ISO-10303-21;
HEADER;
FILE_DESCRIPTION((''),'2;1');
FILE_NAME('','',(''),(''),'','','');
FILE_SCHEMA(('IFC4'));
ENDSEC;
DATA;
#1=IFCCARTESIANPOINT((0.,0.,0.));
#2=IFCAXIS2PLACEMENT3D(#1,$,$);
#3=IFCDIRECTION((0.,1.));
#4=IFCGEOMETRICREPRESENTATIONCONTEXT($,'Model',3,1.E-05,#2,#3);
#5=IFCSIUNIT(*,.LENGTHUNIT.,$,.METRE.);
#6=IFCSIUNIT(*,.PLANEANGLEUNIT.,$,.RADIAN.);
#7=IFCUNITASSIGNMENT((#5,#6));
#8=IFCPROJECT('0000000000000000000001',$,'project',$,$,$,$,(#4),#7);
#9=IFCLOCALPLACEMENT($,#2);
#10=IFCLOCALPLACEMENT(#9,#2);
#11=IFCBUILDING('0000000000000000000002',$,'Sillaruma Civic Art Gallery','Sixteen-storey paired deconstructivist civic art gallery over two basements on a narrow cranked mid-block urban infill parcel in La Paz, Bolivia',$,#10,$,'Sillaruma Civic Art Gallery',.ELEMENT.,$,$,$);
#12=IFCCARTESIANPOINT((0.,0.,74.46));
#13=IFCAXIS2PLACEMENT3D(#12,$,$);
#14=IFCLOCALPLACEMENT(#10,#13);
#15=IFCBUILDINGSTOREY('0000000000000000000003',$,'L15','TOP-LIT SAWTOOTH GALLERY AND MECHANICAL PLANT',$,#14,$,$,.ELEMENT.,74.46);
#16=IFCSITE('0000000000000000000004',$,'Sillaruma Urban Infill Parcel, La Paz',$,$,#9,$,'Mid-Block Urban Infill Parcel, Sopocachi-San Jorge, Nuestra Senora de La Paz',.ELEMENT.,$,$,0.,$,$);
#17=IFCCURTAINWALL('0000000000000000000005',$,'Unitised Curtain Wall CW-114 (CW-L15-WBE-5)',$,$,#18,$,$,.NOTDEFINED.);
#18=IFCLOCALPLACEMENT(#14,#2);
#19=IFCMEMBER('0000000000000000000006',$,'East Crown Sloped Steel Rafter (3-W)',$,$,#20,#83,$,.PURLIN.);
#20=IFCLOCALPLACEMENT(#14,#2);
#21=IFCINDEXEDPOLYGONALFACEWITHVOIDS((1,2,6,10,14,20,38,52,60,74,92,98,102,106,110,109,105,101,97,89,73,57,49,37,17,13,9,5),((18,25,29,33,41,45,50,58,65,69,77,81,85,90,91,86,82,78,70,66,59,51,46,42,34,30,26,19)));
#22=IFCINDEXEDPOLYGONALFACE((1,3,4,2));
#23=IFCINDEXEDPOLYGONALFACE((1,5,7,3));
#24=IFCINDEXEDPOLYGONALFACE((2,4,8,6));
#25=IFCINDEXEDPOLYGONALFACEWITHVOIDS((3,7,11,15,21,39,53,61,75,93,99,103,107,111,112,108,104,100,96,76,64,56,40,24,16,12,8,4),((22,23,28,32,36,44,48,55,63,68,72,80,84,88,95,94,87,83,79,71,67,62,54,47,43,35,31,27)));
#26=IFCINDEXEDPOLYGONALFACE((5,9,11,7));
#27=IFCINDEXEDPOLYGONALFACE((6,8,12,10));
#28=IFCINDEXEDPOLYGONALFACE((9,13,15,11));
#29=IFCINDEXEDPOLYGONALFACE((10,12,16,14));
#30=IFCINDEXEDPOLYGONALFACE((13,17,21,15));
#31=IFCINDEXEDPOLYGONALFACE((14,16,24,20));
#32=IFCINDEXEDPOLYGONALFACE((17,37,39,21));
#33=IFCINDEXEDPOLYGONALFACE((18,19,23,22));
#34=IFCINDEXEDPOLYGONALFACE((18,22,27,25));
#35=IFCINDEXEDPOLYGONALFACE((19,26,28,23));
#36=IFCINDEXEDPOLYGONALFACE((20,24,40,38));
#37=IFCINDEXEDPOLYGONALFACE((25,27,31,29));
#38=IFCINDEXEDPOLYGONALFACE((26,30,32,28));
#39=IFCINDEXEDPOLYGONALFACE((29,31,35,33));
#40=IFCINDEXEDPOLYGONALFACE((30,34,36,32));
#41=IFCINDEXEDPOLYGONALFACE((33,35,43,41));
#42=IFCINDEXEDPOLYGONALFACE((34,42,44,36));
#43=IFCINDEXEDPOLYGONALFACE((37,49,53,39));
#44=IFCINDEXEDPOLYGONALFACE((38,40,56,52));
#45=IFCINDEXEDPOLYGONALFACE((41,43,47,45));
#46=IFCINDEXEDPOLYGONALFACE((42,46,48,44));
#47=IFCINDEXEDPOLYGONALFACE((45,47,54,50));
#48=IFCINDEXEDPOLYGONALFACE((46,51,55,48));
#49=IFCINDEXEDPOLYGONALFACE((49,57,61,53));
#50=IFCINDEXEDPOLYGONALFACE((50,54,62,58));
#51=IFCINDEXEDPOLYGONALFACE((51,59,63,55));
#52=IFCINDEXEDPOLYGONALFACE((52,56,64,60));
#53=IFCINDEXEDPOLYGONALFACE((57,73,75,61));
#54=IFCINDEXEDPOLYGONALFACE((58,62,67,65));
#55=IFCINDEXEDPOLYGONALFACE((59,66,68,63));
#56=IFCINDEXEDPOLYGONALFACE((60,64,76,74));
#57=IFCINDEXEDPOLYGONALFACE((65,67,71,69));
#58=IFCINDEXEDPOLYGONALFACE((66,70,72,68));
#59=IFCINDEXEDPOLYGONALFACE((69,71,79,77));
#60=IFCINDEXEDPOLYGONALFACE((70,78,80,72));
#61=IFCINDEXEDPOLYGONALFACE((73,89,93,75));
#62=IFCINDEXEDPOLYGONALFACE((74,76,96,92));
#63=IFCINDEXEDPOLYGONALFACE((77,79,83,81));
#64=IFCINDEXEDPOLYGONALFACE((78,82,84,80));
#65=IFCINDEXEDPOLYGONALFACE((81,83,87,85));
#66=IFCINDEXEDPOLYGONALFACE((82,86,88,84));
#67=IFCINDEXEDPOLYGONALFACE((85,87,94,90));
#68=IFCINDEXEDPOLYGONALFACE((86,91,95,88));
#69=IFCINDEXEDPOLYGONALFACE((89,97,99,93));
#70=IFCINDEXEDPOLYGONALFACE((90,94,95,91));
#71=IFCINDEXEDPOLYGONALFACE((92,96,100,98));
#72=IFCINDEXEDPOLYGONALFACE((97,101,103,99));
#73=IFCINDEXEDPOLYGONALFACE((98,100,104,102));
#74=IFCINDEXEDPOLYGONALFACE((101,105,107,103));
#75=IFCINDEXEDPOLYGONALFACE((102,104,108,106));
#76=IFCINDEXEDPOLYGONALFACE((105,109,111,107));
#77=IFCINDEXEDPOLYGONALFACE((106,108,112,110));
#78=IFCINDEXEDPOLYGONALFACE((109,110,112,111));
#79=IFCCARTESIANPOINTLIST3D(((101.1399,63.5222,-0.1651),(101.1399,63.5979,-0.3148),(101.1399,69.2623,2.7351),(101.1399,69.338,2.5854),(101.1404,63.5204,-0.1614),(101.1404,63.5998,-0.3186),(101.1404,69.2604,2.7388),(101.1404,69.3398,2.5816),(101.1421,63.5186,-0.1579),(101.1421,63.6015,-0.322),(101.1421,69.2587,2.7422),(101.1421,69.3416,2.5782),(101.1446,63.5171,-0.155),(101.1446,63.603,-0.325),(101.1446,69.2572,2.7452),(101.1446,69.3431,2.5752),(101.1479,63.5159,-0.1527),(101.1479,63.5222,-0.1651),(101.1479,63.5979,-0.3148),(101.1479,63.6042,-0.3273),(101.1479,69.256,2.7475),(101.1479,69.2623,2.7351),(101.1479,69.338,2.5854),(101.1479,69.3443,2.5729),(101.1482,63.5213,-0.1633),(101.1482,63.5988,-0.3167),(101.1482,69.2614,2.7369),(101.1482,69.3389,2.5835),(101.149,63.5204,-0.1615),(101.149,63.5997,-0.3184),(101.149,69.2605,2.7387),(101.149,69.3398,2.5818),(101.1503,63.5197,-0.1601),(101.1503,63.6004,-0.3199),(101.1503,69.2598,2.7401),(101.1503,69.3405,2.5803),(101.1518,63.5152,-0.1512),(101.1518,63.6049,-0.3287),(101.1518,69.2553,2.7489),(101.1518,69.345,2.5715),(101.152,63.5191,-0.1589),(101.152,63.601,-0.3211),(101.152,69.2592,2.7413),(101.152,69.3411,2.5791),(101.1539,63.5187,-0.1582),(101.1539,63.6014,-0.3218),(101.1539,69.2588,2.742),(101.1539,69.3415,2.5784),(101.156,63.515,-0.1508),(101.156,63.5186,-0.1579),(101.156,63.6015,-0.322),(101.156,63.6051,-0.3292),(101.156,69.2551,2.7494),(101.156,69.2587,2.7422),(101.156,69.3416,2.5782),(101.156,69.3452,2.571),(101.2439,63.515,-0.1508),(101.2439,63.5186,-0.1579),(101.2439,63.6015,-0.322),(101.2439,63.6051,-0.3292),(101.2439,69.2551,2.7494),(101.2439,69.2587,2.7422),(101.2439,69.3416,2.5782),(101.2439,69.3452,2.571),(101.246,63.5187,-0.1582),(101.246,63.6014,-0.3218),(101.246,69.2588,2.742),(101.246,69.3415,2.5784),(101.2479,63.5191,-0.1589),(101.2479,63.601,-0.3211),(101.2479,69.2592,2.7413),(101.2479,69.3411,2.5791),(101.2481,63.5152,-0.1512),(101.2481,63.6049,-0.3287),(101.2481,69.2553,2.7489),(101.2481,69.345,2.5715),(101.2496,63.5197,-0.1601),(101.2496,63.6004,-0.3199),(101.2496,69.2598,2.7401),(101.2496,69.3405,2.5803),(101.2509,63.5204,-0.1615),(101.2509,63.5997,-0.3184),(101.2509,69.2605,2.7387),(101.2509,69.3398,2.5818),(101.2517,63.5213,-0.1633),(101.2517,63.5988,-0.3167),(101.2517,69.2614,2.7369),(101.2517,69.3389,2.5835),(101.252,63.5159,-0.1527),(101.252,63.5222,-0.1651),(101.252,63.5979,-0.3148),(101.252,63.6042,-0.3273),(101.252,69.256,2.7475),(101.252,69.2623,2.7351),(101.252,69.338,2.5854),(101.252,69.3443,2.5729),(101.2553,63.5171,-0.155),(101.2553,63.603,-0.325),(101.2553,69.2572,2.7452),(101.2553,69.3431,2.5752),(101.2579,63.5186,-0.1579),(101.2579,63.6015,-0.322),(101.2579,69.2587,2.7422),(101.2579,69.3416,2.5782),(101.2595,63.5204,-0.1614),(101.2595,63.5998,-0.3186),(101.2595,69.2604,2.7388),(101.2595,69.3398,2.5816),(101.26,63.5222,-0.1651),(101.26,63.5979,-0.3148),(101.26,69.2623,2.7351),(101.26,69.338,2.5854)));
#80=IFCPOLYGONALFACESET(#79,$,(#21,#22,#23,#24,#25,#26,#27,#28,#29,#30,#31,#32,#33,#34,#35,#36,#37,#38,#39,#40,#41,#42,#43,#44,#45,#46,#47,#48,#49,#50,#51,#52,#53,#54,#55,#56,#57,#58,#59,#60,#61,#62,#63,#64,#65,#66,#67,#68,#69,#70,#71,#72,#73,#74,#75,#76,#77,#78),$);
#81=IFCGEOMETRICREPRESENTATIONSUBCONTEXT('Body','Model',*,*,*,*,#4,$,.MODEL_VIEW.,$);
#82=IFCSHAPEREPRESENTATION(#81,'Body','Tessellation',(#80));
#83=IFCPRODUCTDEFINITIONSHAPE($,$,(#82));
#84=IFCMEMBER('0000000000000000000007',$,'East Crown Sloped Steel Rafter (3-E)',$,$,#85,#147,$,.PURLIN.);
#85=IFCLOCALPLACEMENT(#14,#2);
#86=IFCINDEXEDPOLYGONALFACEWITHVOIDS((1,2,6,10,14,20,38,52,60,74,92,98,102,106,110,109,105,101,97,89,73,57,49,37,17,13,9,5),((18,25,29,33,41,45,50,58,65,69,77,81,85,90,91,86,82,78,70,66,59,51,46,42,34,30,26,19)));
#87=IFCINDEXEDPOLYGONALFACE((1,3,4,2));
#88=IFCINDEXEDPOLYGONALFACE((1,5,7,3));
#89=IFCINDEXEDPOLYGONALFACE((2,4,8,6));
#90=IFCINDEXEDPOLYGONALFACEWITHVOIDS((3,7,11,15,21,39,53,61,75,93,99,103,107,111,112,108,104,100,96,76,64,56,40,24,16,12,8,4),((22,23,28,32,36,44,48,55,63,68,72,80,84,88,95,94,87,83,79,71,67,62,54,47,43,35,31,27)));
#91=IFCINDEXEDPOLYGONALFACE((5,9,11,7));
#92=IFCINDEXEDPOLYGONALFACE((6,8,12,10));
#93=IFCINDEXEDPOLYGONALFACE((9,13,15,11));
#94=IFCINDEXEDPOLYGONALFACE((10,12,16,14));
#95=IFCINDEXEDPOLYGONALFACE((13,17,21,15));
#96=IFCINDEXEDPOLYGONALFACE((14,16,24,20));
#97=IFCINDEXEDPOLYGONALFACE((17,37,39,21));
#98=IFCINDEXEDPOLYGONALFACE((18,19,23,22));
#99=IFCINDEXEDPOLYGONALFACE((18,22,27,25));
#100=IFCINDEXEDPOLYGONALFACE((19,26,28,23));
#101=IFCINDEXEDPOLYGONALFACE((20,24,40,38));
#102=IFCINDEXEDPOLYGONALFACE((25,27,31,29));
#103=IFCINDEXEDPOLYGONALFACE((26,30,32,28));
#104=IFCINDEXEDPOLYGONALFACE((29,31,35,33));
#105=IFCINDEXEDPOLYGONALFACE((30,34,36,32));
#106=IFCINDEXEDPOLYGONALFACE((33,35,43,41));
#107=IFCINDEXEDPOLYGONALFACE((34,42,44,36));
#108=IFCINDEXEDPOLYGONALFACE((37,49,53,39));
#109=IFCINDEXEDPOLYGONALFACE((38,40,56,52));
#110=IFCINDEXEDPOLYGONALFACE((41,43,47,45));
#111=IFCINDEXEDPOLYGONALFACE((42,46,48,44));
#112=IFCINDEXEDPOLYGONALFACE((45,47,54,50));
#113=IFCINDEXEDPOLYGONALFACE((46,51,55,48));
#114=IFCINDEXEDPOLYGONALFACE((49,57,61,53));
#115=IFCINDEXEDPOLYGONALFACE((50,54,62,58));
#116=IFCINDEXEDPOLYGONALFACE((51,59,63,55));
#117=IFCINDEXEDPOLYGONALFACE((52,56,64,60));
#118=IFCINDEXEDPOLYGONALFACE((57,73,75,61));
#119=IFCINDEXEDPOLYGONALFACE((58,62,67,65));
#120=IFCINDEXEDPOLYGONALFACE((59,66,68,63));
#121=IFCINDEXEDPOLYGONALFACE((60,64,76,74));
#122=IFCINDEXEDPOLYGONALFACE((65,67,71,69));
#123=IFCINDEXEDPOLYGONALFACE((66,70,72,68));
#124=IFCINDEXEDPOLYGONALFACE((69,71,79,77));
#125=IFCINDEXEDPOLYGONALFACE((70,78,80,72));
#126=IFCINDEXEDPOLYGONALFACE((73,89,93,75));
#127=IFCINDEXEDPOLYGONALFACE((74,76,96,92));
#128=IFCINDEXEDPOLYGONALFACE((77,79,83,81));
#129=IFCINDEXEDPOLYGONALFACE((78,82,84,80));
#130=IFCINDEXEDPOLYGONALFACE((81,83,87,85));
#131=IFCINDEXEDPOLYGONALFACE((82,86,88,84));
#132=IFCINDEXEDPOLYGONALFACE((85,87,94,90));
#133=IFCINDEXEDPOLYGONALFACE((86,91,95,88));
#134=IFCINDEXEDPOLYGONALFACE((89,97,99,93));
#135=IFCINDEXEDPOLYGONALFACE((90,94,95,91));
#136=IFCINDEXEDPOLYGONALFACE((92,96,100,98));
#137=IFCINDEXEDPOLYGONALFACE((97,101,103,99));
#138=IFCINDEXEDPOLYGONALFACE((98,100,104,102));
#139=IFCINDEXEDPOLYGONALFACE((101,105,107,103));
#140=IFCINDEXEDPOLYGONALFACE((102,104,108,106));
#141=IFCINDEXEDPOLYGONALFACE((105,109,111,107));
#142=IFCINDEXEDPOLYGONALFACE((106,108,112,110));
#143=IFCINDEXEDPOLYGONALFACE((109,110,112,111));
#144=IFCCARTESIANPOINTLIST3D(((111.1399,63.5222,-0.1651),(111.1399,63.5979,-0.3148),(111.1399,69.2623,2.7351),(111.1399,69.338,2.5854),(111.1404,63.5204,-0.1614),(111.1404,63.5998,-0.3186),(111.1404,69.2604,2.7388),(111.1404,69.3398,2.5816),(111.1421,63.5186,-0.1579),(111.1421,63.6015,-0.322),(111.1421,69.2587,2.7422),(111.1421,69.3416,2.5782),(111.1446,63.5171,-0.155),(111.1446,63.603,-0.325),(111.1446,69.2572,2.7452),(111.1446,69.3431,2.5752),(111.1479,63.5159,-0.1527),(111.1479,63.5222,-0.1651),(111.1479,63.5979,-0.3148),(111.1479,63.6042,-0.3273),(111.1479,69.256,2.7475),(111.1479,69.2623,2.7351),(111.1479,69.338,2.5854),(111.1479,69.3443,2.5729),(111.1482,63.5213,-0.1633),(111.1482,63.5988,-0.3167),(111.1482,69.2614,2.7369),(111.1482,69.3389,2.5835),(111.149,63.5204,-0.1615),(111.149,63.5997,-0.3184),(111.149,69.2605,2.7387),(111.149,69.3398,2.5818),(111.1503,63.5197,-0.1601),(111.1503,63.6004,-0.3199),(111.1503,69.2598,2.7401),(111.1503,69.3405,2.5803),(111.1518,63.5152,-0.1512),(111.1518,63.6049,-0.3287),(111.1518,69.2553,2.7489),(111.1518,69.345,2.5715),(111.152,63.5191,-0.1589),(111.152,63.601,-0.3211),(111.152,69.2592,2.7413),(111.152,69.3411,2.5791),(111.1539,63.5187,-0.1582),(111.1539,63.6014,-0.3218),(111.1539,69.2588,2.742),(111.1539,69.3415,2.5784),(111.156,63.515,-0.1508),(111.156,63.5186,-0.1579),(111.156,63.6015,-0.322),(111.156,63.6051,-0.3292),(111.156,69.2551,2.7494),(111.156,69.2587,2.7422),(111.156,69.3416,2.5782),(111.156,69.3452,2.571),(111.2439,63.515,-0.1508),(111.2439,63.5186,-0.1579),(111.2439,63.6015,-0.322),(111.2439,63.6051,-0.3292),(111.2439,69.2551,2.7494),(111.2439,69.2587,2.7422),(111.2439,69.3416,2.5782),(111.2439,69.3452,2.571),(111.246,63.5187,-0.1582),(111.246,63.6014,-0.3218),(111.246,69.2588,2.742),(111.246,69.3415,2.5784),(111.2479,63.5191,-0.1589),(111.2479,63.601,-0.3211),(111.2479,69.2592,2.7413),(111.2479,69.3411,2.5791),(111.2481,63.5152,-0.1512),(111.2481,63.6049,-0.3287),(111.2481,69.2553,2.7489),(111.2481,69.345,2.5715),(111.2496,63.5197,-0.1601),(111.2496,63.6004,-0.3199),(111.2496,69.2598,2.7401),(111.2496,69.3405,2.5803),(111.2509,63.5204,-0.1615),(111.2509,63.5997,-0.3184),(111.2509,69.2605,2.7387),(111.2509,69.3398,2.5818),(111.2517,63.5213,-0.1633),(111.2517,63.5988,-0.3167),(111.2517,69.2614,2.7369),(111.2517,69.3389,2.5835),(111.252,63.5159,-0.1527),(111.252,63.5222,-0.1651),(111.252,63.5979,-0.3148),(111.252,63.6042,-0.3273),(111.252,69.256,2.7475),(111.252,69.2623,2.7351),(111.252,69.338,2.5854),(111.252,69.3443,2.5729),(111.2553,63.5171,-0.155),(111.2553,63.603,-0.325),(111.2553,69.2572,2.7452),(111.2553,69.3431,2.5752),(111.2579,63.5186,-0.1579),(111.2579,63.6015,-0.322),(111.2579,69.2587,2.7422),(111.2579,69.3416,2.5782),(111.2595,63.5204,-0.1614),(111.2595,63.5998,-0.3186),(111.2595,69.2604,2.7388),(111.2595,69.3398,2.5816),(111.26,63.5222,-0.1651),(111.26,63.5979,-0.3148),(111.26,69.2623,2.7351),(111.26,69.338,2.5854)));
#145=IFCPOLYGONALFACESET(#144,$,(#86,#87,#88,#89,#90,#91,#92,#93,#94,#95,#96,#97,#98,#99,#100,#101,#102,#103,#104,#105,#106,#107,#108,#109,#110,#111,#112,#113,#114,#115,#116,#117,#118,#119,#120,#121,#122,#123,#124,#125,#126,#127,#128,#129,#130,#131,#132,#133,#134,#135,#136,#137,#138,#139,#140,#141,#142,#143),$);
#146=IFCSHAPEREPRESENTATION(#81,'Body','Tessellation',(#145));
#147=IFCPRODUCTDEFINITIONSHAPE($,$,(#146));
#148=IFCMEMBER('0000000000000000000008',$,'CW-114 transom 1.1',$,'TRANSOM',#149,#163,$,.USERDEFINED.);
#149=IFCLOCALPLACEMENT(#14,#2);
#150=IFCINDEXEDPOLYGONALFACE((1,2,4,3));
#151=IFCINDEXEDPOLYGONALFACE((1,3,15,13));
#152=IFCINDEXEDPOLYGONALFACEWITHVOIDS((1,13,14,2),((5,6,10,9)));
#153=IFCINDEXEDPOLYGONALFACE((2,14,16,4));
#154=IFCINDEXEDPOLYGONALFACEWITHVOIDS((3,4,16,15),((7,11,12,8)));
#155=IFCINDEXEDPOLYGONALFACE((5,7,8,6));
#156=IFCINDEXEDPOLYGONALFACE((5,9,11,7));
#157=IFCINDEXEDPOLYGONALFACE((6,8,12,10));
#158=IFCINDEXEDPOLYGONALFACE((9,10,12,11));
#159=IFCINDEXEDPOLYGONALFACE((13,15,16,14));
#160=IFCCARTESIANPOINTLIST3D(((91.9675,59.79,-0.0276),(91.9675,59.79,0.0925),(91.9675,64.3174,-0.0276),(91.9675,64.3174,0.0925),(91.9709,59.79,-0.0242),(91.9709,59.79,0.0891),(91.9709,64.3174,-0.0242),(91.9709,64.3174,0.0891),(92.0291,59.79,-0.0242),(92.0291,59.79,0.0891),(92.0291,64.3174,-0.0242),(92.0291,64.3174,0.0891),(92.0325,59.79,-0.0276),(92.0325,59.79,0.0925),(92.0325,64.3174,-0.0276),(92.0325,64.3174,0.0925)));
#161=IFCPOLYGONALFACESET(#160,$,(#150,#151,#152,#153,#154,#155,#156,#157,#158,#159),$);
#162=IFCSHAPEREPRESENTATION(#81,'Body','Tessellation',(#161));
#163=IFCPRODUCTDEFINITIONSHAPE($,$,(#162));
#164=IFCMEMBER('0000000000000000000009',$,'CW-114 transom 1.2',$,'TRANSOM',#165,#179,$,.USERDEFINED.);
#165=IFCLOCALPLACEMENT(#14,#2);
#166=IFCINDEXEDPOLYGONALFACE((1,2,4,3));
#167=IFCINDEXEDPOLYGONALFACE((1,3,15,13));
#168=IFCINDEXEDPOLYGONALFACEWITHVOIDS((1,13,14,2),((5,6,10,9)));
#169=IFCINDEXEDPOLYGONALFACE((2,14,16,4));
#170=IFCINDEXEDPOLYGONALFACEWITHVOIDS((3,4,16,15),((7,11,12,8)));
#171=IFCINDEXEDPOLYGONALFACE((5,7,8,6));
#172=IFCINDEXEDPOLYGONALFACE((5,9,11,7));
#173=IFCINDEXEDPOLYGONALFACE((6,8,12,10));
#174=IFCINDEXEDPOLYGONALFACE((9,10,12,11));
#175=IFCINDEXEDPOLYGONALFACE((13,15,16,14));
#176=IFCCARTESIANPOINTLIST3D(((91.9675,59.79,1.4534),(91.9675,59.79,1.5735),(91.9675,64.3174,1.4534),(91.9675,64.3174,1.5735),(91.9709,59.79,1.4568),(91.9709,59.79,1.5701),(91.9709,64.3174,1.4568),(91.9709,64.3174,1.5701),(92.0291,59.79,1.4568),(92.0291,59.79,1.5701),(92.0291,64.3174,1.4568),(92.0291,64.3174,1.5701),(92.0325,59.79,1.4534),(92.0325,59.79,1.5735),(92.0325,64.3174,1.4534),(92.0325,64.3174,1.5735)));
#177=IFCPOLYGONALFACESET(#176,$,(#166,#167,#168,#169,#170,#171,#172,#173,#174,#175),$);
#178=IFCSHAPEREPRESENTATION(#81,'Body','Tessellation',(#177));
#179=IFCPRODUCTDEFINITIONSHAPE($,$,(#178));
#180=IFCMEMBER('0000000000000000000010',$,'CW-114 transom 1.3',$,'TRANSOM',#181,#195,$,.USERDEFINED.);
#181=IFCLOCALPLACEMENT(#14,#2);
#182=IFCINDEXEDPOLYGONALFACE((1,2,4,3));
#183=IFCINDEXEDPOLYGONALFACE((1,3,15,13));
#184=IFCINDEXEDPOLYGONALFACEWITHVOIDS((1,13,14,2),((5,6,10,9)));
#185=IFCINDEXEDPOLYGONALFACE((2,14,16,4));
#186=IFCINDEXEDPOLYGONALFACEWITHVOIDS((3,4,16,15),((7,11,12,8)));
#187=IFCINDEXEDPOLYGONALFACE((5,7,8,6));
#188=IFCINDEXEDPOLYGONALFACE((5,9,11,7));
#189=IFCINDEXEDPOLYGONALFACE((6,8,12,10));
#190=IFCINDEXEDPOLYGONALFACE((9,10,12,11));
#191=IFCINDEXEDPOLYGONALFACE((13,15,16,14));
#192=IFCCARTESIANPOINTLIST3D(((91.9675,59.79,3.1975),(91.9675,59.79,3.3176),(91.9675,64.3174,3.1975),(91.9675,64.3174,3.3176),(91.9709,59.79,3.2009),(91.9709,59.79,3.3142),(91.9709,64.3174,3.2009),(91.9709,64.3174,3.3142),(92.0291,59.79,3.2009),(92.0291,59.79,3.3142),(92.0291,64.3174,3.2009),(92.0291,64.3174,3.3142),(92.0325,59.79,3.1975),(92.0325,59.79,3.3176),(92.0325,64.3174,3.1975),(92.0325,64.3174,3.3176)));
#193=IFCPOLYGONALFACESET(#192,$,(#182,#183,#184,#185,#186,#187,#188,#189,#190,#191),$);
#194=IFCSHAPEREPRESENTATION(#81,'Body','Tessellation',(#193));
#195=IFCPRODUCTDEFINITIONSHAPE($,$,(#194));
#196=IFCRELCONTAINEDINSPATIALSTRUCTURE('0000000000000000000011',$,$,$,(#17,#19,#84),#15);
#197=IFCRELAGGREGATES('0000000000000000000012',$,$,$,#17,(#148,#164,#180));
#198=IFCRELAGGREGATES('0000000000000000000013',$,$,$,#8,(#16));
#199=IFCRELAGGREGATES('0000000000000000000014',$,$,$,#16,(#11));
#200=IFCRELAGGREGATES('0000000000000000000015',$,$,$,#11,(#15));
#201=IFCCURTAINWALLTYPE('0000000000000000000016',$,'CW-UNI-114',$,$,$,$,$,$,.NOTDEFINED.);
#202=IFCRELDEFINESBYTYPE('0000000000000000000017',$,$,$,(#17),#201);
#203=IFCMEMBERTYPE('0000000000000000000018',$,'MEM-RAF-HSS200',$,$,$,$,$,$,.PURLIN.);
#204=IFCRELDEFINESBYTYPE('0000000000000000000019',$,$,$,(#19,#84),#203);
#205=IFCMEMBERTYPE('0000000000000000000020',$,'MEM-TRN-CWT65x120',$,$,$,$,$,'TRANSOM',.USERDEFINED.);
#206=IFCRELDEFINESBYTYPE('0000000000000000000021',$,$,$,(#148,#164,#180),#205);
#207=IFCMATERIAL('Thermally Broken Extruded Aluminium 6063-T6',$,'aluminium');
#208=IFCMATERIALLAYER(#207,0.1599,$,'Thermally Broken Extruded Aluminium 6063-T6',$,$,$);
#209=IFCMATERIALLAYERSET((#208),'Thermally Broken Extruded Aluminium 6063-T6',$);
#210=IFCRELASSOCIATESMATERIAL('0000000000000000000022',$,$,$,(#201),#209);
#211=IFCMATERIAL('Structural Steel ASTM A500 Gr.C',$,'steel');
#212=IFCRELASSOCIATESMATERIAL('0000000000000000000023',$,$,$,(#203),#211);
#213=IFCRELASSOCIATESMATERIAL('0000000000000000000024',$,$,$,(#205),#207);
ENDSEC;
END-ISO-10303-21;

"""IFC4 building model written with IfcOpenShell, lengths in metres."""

from ifc_helpers import new_model, si_unit, direction, frame, origin, origin_2d, place, context, subcontext, project, spatial, hollow_rectangle, extrude, material, layer, layer_set, material_profile, profile_set, type_object, element, aggregate, save


model = new_model("IFC4")

# Units and contexts
model_context = context("Model", 3, precision=1e-05, world=origin(), true_north=direction((0.0, 1.0)))
body_context = subcontext(model_context, "Body", "Model", "MODEL_VIEW")
ifc_project = project(units=[si_unit("LENGTHUNIT", "METRE"), si_unit("PLANEANGLEUNIT", "RADIAN")], contexts=[model_context])

# Site, building, storey
site_placement = place(None, origin())
site = spatial("IfcSite", under=ifc_project, at=site_placement, Name="Sillaruma Urban Infill Parcel, La Paz", LongName="Mid-Block Urban Infill Parcel, Sopocachi-San Jorge, Nuestra Senora de La Paz", CompositionType="ELEMENT", RefElevation=0.0)
building_placement = place(site_placement, origin())
building = spatial("IfcBuilding", under=site, at=building_placement, Name="Sillaruma Civic Art Gallery", Description="Sixteen-storey paired deconstructivist civic art gallery over two basements on a narrow cranked mid-block urban infill parcel in La Paz, Bolivia", LongName="Sillaruma Civic Art Gallery", CompositionType="ELEMENT")
storey_placement = place(building_placement, frame((0.0, 0.0, 74.46)))
storey = spatial("IfcBuildingStorey", under=building, at=storey_placement, Name="L15", Description="TOP-LIT SAWTOOTH GALLERY AND MECHANICAL PLANT", CompositionType="ELEMENT", Elevation=74.46)

# Curtain wall
ifc_material_1 = material(Name="Thermally Broken Extruded Aluminium 6063-T6", Category="aluminium")
ifc_layer_1 = layer(ifc_material_1, 0.1599, Name="Thermally Broken Extruded Aluminium 6063-T6")
ifc_layer_set_1 = layer_set([ifc_layer_1], Name="Thermally Broken Extruded Aluminium 6063-T6")
curtain_wall_type = type_object("IfcCurtainWallType", Name="CW-UNI-114", PredefinedType="NOTDEFINED", material=ifc_layer_set_1)
curtain_wall_placement = place(storey_placement, origin())
curtain_wall = element("IfcCurtainWall", 1, at=curtain_wall_placement, inside=storey, type_object=curtain_wall_type, Name="Unitised Curtain Wall CW-114 (CW-L15-WBE-5)", PredefinedType="NOTDEFINED")

# Members
ifc_material_2 = material(Name="Structural Steel ASTM A500 Gr.C", Category="steel")
ifc_material_profile_1 = material_profile(ifc_material_2, hollow_rectangle(XDim=0.1201, YDim=0.2, WallThickness=0.0081, InnerFilletRadius=0.0081, OuterFilletRadius=0.0161, at=origin_2d()), Name="HSS200x120x8")
ifc_profile_set_1 = profile_set([ifc_material_profile_1], Name="Structural Steel ASTM A500 Gr.C")
member_type_1 = type_object("IfcMemberType", Name="MEM-RAF-HSS200", PredefinedType="PURLIN", material=ifc_profile_set_1)
for number, where, z_axis, x_axis, name in (
    (2, (101.2, 63.5601, -0.24), (0.0, 0.892544, 0.45096), (-1.0, 0.0, 0.0), "East Crown Sloped Steel Rafter (3-W)"),
    (3, (111.2, 63.5601, -0.24), (0.0, 0.892544, 0.45096), (-1.0, 0.0, 0.0), "East Crown Sloped Steel Rafter (3-E)"),
):
    element("IfcMember", number, at=place(storey_placement, frame(where, z_axis=z_axis, x_axis=x_axis)), inside=storey, type_object=member_type_1, Name=name, PredefinedType="PURLIN", context=body_context, shape_type="SweptSolid", body=[
        extrude(hollow_rectangle(XDim=0.1201, YDim=0.2, WallThickness=0.0081, InnerFilletRadius=0.0081, OuterFilletRadius=0.0161, at=origin_2d()), origin(), (0.0, 0.0, 1.0), 6.4312),
    ])

# Members
ifc_material_profile_2 = material_profile(ifc_material_1, hollow_rectangle(XDim=0.0649, YDim=0.1201, WallThickness=0.0034, at=origin_2d()), Name="CWT65x120")
ifc_profile_set_2 = profile_set([ifc_material_profile_2], Name="Thermally Broken Extruded Aluminium 6063-T6")
member_type_2 = type_object("IfcMemberType", Name="MEM-TRN-CWT65x120", ElementType="TRANSOM", PredefinedType="USERDEFINED", material=ifc_profile_set_2)
member_1_placement = place(storey_placement, frame((92.0, 59.79, 0.0325), z_axis=(0.0, 1.0, 0.0), x_axis=(-1.0, 0.0, 0.0)))
member_1 = element("IfcMember", 4, at=member_1_placement, type_object=member_type_2, Name="CW-114 transom 1.1", ObjectType="TRANSOM", PredefinedType="USERDEFINED", context=body_context, shape_type="SweptSolid", body=[
    extrude(hollow_rectangle(XDim=0.0649, YDim=0.1201, WallThickness=0.0034, at=origin_2d()), origin(), (0.0, 0.0, 1.0), 4.5273),
])
member_2_placement = place(storey_placement, frame((92.0, 59.79, 1.5134), z_axis=(0.0, 1.0, 0.0), x_axis=(-1.0, 0.0, 0.0)))
member_2 = element("IfcMember", 5, at=member_2_placement, type_object=member_type_2, Name="CW-114 transom 1.2", ObjectType="TRANSOM", PredefinedType="USERDEFINED", context=body_context, shape_type="SweptSolid", body=[
    extrude(hollow_rectangle(XDim=0.0649, YDim=0.1201, WallThickness=0.0034, at=origin_2d()), origin(), (0.0, 0.0, 1.0), 4.5273),
])
member_3_placement = place(storey_placement, frame((92.0, 59.79, 3.2576), z_axis=(0.0, 1.0, 0.0), x_axis=(-1.0, 0.0, 0.0)))
member_3 = element("IfcMember", 6, at=member_3_placement, type_object=member_type_2, Name="CW-114 transom 1.3", ObjectType="TRANSOM", PredefinedType="USERDEFINED", context=body_context, shape_type="SweptSolid", body=[
    extrude(hollow_rectangle(XDim=0.0649, YDim=0.1201, WallThickness=0.0034, at=origin_2d()), origin(), (0.0, 0.0, 1.0), 4.5273),
])

aggregate(curtain_wall, [member_1, member_2, member_3])

save(model, "model.ifc")
